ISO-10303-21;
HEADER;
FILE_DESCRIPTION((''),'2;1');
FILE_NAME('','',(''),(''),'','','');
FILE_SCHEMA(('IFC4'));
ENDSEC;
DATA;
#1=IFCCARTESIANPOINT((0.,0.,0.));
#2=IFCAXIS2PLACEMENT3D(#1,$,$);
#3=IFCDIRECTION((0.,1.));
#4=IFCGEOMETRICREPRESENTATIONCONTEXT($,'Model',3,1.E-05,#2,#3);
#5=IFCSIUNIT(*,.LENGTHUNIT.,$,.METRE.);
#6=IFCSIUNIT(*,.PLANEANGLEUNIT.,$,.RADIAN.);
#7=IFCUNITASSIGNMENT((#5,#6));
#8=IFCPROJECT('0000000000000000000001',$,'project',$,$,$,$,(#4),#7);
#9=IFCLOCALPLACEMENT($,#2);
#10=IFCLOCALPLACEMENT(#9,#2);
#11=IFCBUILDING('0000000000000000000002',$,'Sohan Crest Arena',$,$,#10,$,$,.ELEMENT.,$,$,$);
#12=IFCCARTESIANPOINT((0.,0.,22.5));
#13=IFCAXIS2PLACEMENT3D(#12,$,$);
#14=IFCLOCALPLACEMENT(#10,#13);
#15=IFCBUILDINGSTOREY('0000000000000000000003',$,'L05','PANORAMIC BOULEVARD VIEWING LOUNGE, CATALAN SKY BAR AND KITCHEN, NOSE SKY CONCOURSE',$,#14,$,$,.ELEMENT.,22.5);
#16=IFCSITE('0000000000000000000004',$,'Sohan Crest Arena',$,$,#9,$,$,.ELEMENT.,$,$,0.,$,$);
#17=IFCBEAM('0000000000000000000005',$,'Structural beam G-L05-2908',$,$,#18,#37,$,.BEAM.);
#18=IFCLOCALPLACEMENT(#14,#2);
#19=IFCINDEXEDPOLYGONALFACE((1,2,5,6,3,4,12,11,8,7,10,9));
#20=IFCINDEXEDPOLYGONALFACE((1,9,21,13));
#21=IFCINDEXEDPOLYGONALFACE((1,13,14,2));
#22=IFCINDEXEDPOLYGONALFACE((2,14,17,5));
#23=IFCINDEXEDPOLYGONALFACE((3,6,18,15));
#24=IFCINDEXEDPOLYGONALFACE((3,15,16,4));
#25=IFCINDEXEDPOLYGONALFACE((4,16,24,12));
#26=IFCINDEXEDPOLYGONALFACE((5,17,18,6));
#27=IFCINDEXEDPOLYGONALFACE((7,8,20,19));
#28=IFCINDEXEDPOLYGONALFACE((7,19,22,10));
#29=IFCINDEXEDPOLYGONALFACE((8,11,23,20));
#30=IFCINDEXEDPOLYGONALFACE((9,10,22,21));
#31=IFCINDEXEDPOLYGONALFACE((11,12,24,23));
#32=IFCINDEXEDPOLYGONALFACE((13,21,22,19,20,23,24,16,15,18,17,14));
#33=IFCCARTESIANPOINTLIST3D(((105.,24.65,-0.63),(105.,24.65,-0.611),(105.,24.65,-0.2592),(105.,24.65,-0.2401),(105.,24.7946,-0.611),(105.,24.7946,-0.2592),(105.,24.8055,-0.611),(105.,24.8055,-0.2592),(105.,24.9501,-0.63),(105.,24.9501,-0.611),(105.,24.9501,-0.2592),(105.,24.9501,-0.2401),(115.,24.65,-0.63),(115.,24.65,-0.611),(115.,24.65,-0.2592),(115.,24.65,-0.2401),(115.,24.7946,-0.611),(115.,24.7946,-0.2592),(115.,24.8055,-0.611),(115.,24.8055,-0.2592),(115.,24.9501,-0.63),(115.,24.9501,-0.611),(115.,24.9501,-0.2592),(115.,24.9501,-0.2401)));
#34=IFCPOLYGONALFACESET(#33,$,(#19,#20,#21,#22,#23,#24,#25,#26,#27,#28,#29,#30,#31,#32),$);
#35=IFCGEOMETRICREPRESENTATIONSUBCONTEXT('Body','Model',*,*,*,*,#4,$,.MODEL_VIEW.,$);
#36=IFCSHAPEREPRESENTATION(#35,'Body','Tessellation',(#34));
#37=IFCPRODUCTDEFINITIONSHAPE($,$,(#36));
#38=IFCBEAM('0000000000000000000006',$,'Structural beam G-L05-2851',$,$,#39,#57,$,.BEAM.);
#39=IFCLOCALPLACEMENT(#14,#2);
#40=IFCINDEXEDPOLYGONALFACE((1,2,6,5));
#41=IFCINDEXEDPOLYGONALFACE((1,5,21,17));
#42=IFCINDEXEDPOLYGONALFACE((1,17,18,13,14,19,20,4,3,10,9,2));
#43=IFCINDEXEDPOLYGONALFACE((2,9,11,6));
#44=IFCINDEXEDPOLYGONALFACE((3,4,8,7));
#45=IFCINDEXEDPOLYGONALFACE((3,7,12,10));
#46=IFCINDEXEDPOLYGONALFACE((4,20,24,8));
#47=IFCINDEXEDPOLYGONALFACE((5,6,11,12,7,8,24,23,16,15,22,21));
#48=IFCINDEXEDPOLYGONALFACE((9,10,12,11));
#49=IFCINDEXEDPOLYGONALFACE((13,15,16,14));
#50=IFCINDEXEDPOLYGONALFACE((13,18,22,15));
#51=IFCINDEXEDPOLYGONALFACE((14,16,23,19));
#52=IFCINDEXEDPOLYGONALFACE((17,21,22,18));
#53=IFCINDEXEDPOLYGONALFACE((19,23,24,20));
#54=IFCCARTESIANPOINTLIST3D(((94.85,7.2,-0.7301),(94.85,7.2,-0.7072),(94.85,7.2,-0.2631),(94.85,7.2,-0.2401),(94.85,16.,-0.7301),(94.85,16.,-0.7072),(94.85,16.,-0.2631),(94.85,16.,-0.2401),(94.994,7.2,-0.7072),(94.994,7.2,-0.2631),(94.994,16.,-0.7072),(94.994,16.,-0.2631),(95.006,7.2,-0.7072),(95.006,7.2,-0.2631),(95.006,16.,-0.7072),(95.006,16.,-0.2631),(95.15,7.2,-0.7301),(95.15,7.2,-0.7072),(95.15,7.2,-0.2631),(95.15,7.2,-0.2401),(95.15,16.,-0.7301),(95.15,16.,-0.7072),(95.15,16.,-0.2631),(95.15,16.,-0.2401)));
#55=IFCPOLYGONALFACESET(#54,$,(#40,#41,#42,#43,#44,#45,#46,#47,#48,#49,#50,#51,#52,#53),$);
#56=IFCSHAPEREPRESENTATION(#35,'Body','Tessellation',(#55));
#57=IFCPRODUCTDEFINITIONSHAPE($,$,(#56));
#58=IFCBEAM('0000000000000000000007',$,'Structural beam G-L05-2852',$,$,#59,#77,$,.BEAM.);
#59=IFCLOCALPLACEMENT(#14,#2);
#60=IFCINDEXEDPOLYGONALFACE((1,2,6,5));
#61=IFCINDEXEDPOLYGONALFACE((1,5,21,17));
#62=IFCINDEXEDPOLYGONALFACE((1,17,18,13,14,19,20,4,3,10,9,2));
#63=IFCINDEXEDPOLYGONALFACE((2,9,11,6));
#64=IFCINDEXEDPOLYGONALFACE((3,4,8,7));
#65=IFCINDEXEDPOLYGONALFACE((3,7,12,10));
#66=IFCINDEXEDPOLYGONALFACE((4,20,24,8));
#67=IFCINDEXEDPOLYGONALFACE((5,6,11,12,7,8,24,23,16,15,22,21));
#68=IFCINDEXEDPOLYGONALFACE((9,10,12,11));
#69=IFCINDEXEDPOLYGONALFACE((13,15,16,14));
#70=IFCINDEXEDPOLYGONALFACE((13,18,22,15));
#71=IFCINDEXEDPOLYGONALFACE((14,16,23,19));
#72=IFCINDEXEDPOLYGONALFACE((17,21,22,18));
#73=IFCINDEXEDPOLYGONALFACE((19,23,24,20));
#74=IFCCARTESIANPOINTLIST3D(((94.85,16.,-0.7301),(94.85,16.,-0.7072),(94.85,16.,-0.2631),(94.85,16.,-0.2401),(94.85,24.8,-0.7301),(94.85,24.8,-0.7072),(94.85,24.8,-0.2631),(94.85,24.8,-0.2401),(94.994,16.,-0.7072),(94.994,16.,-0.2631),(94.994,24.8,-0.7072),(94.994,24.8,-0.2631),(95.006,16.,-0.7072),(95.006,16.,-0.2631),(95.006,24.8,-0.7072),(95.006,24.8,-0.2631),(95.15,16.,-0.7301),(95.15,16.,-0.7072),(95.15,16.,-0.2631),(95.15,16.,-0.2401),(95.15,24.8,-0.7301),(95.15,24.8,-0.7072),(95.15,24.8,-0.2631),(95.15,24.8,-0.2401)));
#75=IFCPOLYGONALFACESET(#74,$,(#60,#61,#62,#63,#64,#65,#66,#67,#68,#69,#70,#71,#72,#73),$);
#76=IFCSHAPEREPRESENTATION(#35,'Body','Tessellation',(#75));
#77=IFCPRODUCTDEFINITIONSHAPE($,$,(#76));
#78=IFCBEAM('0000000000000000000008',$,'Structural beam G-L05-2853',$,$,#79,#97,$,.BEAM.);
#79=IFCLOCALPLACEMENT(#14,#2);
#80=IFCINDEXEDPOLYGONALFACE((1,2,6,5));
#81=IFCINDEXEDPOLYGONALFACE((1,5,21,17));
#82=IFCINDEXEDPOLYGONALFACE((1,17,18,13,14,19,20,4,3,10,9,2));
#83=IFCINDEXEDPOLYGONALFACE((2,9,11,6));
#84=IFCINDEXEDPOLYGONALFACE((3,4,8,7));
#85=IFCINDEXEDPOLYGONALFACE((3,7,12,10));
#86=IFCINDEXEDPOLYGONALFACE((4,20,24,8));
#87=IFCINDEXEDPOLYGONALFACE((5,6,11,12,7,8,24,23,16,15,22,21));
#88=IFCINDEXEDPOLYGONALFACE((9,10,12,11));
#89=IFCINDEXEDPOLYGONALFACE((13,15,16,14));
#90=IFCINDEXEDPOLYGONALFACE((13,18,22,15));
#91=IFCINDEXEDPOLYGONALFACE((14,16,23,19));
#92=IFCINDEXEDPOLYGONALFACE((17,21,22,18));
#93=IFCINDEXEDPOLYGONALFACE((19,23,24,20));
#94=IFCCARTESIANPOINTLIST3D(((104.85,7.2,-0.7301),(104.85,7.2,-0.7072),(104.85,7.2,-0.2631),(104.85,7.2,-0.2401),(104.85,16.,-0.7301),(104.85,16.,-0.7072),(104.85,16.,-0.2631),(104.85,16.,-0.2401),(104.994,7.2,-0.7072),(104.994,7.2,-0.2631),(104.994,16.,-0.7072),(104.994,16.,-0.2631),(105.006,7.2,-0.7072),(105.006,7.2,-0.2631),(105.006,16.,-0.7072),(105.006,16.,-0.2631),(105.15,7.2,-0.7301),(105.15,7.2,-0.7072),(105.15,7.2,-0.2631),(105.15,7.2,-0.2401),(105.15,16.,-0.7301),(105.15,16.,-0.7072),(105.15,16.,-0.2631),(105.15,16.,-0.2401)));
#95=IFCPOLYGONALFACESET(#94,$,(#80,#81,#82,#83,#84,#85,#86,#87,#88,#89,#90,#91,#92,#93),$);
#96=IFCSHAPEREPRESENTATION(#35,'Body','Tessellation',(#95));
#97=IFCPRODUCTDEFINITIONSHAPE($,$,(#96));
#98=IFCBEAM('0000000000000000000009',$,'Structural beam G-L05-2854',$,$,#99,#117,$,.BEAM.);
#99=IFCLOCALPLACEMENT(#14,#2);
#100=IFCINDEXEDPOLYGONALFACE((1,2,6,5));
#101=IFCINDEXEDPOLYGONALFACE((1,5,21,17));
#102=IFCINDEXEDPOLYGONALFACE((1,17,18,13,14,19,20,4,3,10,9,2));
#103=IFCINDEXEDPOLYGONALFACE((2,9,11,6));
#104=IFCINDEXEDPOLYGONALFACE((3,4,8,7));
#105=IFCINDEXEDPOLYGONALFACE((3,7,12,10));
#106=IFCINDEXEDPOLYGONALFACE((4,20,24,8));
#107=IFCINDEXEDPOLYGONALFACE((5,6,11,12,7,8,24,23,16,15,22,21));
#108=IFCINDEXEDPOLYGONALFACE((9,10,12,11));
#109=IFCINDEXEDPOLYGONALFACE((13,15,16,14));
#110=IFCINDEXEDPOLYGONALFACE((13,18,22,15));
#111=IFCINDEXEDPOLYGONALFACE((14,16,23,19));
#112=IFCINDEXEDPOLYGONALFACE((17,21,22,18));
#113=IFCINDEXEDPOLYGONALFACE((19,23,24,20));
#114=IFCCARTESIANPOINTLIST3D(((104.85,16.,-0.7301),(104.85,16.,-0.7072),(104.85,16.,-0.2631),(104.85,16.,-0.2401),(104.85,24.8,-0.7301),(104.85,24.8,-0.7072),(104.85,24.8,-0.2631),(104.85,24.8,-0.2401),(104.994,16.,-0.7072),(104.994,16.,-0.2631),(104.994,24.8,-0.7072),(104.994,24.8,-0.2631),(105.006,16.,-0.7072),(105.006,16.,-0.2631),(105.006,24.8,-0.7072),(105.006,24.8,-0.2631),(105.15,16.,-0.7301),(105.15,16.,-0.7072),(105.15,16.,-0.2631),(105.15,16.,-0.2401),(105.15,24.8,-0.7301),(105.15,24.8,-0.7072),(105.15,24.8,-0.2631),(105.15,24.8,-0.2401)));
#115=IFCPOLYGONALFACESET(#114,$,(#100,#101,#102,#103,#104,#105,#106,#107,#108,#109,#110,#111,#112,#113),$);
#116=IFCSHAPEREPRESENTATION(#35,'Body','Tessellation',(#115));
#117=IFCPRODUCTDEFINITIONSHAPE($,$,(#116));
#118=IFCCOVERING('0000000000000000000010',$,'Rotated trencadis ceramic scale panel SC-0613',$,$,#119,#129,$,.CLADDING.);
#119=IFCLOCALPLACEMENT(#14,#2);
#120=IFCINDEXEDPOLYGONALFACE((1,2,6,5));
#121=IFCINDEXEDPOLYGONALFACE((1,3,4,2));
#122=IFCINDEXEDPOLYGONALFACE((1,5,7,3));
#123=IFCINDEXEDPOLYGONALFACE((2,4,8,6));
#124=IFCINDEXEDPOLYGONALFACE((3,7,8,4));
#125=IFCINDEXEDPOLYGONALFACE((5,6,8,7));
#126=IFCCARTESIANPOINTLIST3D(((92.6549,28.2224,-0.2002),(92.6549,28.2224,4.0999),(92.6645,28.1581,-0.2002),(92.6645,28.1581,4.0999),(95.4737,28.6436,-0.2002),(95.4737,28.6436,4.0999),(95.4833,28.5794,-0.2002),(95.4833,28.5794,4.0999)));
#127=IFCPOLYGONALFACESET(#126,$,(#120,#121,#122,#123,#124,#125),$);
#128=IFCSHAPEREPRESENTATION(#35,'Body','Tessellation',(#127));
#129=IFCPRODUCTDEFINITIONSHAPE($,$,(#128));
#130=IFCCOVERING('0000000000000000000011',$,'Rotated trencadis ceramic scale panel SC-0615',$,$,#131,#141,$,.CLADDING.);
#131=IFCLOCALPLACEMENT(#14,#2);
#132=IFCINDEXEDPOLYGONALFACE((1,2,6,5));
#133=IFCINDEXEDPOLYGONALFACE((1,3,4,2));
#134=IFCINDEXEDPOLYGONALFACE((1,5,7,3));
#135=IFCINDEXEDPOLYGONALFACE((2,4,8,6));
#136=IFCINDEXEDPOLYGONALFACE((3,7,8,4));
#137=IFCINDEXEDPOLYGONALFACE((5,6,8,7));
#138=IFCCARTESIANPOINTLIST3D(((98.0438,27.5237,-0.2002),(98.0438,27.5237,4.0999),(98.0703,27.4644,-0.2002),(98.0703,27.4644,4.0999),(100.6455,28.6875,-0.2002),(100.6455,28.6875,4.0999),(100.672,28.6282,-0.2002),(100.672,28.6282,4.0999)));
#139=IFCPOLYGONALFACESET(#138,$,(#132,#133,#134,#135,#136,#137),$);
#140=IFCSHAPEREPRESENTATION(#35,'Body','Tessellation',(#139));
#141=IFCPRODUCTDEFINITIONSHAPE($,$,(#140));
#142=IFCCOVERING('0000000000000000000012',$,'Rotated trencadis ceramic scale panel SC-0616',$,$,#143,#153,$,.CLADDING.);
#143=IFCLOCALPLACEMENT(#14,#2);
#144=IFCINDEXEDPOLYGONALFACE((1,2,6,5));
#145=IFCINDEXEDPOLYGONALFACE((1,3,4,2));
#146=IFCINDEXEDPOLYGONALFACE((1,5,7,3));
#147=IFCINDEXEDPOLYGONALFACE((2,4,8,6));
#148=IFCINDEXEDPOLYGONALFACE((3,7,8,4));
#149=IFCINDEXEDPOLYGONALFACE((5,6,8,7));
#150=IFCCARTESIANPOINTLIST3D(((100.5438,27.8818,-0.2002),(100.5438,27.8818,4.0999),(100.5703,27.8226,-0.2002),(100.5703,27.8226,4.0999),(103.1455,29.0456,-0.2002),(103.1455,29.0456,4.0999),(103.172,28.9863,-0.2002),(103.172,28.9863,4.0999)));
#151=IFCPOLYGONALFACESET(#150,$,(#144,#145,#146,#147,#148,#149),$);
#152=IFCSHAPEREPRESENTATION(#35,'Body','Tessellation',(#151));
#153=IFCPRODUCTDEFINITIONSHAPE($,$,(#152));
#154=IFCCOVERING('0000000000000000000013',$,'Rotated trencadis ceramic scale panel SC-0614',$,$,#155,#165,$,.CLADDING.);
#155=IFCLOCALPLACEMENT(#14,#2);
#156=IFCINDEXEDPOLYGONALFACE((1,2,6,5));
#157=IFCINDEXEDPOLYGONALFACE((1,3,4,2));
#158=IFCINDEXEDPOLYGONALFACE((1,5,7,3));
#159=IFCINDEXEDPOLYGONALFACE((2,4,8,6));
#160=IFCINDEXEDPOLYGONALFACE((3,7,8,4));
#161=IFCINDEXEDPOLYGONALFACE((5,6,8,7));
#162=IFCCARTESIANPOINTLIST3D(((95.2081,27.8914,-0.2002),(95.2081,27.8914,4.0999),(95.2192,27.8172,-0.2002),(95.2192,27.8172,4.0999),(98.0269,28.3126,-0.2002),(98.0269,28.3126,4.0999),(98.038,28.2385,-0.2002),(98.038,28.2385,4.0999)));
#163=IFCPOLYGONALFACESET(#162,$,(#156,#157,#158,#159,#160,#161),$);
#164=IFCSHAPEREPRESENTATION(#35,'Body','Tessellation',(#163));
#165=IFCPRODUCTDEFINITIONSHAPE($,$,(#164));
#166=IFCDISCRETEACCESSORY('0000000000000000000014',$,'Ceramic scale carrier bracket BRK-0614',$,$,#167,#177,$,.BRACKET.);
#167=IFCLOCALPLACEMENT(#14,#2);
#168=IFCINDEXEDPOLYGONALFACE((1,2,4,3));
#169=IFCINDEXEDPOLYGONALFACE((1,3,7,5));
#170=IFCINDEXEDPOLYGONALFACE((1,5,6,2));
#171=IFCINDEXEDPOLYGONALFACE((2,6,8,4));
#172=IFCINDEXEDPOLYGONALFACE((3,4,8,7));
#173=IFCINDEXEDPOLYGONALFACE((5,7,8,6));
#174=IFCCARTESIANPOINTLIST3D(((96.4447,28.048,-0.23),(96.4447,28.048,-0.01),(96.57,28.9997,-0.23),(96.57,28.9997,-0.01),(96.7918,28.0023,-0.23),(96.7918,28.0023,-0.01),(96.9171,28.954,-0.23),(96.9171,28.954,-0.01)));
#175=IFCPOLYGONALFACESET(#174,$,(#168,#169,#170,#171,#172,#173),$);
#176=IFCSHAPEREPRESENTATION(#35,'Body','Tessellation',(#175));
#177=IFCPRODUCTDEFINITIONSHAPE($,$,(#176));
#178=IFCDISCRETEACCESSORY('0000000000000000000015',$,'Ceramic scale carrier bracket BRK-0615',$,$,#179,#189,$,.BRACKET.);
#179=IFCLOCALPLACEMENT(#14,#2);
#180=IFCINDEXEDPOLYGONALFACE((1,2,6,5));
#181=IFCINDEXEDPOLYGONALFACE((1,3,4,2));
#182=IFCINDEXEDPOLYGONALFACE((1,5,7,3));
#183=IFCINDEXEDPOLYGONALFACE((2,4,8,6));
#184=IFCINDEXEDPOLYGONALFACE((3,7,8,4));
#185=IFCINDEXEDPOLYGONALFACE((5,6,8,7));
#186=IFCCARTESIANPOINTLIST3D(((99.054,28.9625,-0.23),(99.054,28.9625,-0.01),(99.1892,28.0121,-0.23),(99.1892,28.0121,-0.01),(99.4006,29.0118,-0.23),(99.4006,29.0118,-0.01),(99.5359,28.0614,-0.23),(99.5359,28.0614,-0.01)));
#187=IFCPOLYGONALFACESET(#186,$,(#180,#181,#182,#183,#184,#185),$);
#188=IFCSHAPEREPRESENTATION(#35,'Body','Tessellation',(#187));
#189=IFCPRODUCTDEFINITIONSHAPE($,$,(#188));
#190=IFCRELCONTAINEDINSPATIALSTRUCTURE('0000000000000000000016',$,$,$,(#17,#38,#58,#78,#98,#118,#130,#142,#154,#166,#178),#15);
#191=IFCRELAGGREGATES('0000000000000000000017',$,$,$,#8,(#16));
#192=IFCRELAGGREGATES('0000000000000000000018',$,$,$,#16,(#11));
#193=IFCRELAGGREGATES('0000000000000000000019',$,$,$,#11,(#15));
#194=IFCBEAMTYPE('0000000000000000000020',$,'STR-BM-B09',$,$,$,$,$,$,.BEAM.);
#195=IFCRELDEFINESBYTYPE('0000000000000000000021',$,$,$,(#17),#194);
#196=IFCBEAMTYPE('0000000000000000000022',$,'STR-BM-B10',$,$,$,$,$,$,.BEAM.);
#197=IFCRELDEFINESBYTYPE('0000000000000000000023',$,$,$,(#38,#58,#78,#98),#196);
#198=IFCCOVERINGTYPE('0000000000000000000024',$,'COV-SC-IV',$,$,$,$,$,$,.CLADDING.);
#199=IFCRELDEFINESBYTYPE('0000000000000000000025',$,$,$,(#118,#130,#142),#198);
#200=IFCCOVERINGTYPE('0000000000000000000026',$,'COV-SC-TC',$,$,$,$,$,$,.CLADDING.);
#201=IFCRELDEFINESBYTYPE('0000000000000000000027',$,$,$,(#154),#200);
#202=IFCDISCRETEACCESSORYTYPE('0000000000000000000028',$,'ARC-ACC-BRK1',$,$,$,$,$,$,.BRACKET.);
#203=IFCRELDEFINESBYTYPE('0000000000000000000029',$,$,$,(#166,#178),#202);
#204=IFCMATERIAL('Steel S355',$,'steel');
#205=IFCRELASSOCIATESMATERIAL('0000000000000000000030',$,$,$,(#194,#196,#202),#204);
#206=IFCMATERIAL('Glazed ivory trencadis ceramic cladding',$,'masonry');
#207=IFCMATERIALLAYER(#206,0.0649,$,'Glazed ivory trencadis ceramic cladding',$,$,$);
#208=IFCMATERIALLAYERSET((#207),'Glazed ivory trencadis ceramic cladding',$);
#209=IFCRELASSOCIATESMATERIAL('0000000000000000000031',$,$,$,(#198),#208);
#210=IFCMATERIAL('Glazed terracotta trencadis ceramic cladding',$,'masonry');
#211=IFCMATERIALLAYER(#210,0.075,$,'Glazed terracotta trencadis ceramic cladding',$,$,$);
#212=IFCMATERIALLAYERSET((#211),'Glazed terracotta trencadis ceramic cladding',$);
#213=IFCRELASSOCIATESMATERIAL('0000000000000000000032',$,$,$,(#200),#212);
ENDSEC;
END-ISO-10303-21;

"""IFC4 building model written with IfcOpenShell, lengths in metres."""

from ifc_helpers import new_model, si_unit, direction, frame, origin, origin_2d, place, context, subcontext, project, spatial, rectangle, i_section, extrude, material, layer, layer_set, material_profile, profile_set, type_object, element, save


model = new_model("IFC4")

# Units and contexts
model_context = context("Model", 3, precision=1e-05, world=origin(), true_north=direction((0.0, 1.0)))
body_context = subcontext(model_context, "Body", "Model", "MODEL_VIEW")
ifc_project = project(units=[si_unit("LENGTHUNIT", "METRE"), si_unit("PLANEANGLEUNIT", "RADIAN")], contexts=[model_context])

# Site, building, storey
site_placement = place(None, origin())
site = spatial("IfcSite", under=ifc_project, at=site_placement, Name="Sohan Crest Arena", CompositionType="ELEMENT", RefElevation=0.0)
building_placement = place(site_placement, origin())
building = spatial("IfcBuilding", under=site, at=building_placement, Name="Sohan Crest Arena", CompositionType="ELEMENT")
storey_placement = place(building_placement, frame((0.0, 0.0, 22.5)))
storey = spatial("IfcBuildingStorey", under=building, at=storey_placement, Name="L05", Description="PANORAMIC BOULEVARD VIEWING LOUNGE, CATALAN SKY BAR AND KITCHEN, NOSE SKY CONCOURSE", CompositionType="ELEMENT", Elevation=22.5)

# Beams
ifc_material_1 = material(Name="Steel S355", Category="steel")
ifc_material_profile_1 = material_profile(ifc_material_1, i_section(OverallWidth=0.3, OverallDepth=0.3899, WebThickness=0.011, FlangeThickness=0.019, at=origin_2d()), Name="HEA 400")
ifc_profile_set_1 = profile_set([ifc_material_profile_1], Name="Steel S355")
beam_type_1 = type_object("IfcBeamType", Name="STR-BM-B09", PredefinedType="BEAM", material=ifc_profile_set_1)
for number, where, z_axis, x_axis, name in (
    (1, (105.0, 24.8, -0.4351), (1.0, 0.0, 0.0), (0.0, 1.0, 0.0), "Structural beam G-L05-2908"),
):
    element("IfcBeam", number, at=place(storey_placement, frame(where, z_axis=z_axis, x_axis=x_axis)), inside=storey, type_object=beam_type_1, Name=name, PredefinedType="BEAM", context=body_context, shape_type="SweptSolid", body=[
        extrude(i_section(OverallWidth=0.3, OverallDepth=0.3899, WebThickness=0.011, FlangeThickness=0.019, at=origin_2d()), origin(), (0.0, 0.0, 1.0), 10.0),
    ])
ifc_material_profile_2 = material_profile(ifc_material_1, i_section(OverallWidth=0.3, OverallDepth=0.49, WebThickness=0.012, FlangeThickness=0.0229, at=origin_2d()), Name="HEA 500")
ifc_profile_set_2 = profile_set([ifc_material_profile_2], Name="Steel S355")
beam_type_2 = type_object("IfcBeamType", Name="STR-BM-B10", PredefinedType="BEAM", material=ifc_profile_set_2)
for number, where, z_axis, x_axis, name in (
    (2, (95.0, 7.2, -0.4851), (0.0, 1.0, 0.0), (-1.0, 0.0, 0.0), "Structural beam G-L05-2851"),
    (3, (95.0, 16.0, -0.4851), (0.0, 1.0, 0.0), (-1.0, 0.0, 0.0), "Structural beam G-L05-2852"),
    (4, (105.0, 7.2, -0.4851), (0.0, 1.0, 0.0), (-1.0, 0.0, 0.0), "Structural beam G-L05-2853"),
    (5, (105.0, 16.0, -0.4851), (0.0, 1.0, 0.0), (-1.0, 0.0, 0.0), "Structural beam G-L05-2854"),
):
    element("IfcBeam", number, at=place(storey_placement, frame(where, z_axis=z_axis, x_axis=x_axis)), inside=storey, type_object=beam_type_2, Name=name, PredefinedType="BEAM", context=body_context, shape_type="SweptSolid", body=[
        extrude(i_section(OverallWidth=0.3, OverallDepth=0.49, WebThickness=0.012, FlangeThickness=0.0229, at=origin_2d()), origin(), (0.0, 0.0, 1.0), 8.8),
    ])

# Coverings
ifc_material_2 = material(Name="Glazed ivory trencadis ceramic cladding", Category="masonry")
ifc_layer_1 = layer(ifc_material_2, 0.0649, Name="Glazed ivory trencadis ceramic cladding")
ifc_layer_set_1 = layer_set([ifc_layer_1], Name="Glazed ivory trencadis ceramic cladding")
covering_type_1 = type_object("IfcCoveringType", Name="COV-SC-IV", PredefinedType="CLADDING", material=ifc_layer_set_1)
for number, where, z_axis, x_axis, name in (
    (6, (94.0691, 28.4009, -0.2002), (0.0, 0.0, 1.0), (0.989016, 0.147809, 0.0), "Rotated trencadis ceramic scale panel SC-0613"),
    (7, (99.3579, 28.0759, -0.2002), (0.0, 0.0, 1.0), (0.912834, 0.40833, 0.0), "Rotated trencadis ceramic scale panel SC-0615"),
    (8, (101.8579, 28.4341, -0.2002), (0.0, 0.0, 1.0), (0.912834, 0.40833, 0.0), "Rotated trencadis ceramic scale panel SC-0616"),
):
    element("IfcCovering", number, at=place(storey_placement, frame(where, z_axis=z_axis, x_axis=x_axis)), inside=storey, type_object=covering_type_1, Name=name, PredefinedType="CLADDING", context=body_context, shape_type="SweptSolid", body=[
        extrude(rectangle(XDim=2.8501, YDim=0.0649, at=origin_2d()), origin(), (0.0, 0.0, 1.0), 4.3),
    ])
ifc_material_3 = material(Name="Glazed terracotta trencadis ceramic cladding", Category="masonry")
ifc_layer_2 = layer(ifc_material_3, 0.075, Name="Glazed terracotta trencadis ceramic cladding")
ifc_layer_set_2 = layer_set([ifc_layer_2], Name="Glazed terracotta trencadis ceramic cladding")
covering_type_2 = type_object("IfcCoveringType", Name="COV-SC-TC", PredefinedType="CLADDING", material=ifc_layer_set_2)
covering_placement = place(storey_placement, frame((96.623, 28.0649, -0.2002), z_axis=(0.0, 0.0, 1.0), x_axis=(0.989016, 0.147809, 0.0)))
element("IfcCovering", 9, at=covering_placement, inside=storey, type_object=covering_type_2, Name="Rotated trencadis ceramic scale panel SC-0614", PredefinedType="CLADDING", context=body_context, shape_type="SweptSolid", body=[
    extrude(rectangle(XDim=2.8501, YDim=0.075, at=origin_2d()), origin(), (0.0, 0.0, 1.0), 4.3),
])

# Discrete accessories
discrete_accessory_type = type_object("IfcDiscreteAccessoryType", Name="ARC-ACC-BRK1", PredefinedType="BRACKET", material=ifc_material_1)
for number, where, z_axis, x_axis, name in (
    (10, (96.6809, 28.501, -0.23), (0.0, 0.0, 1.0), (0.991445, -0.130526, 0.0), "Ceramic scale carrier bracket BRK-0614"),
    (11, (99.2949, 28.512, -0.23), (0.0, 0.0, 1.0), (0.990024, 0.140901, 0.0), "Ceramic scale carrier bracket BRK-0615"),
):
    element("IfcDiscreteAccessory", number, at=place(storey_placement, frame(where, z_axis=z_axis, x_axis=x_axis)), inside=storey, type_object=discrete_accessory_type, Name=name, PredefinedType="BRACKET", context=body_context, shape_type="SweptSolid", body=[
        extrude(rectangle(XDim=0.3501, YDim=0.96, at=origin_2d()), origin(), (0.0, 0.0, 1.0), 0.22),
    ])

save(model, "model.ifc")
